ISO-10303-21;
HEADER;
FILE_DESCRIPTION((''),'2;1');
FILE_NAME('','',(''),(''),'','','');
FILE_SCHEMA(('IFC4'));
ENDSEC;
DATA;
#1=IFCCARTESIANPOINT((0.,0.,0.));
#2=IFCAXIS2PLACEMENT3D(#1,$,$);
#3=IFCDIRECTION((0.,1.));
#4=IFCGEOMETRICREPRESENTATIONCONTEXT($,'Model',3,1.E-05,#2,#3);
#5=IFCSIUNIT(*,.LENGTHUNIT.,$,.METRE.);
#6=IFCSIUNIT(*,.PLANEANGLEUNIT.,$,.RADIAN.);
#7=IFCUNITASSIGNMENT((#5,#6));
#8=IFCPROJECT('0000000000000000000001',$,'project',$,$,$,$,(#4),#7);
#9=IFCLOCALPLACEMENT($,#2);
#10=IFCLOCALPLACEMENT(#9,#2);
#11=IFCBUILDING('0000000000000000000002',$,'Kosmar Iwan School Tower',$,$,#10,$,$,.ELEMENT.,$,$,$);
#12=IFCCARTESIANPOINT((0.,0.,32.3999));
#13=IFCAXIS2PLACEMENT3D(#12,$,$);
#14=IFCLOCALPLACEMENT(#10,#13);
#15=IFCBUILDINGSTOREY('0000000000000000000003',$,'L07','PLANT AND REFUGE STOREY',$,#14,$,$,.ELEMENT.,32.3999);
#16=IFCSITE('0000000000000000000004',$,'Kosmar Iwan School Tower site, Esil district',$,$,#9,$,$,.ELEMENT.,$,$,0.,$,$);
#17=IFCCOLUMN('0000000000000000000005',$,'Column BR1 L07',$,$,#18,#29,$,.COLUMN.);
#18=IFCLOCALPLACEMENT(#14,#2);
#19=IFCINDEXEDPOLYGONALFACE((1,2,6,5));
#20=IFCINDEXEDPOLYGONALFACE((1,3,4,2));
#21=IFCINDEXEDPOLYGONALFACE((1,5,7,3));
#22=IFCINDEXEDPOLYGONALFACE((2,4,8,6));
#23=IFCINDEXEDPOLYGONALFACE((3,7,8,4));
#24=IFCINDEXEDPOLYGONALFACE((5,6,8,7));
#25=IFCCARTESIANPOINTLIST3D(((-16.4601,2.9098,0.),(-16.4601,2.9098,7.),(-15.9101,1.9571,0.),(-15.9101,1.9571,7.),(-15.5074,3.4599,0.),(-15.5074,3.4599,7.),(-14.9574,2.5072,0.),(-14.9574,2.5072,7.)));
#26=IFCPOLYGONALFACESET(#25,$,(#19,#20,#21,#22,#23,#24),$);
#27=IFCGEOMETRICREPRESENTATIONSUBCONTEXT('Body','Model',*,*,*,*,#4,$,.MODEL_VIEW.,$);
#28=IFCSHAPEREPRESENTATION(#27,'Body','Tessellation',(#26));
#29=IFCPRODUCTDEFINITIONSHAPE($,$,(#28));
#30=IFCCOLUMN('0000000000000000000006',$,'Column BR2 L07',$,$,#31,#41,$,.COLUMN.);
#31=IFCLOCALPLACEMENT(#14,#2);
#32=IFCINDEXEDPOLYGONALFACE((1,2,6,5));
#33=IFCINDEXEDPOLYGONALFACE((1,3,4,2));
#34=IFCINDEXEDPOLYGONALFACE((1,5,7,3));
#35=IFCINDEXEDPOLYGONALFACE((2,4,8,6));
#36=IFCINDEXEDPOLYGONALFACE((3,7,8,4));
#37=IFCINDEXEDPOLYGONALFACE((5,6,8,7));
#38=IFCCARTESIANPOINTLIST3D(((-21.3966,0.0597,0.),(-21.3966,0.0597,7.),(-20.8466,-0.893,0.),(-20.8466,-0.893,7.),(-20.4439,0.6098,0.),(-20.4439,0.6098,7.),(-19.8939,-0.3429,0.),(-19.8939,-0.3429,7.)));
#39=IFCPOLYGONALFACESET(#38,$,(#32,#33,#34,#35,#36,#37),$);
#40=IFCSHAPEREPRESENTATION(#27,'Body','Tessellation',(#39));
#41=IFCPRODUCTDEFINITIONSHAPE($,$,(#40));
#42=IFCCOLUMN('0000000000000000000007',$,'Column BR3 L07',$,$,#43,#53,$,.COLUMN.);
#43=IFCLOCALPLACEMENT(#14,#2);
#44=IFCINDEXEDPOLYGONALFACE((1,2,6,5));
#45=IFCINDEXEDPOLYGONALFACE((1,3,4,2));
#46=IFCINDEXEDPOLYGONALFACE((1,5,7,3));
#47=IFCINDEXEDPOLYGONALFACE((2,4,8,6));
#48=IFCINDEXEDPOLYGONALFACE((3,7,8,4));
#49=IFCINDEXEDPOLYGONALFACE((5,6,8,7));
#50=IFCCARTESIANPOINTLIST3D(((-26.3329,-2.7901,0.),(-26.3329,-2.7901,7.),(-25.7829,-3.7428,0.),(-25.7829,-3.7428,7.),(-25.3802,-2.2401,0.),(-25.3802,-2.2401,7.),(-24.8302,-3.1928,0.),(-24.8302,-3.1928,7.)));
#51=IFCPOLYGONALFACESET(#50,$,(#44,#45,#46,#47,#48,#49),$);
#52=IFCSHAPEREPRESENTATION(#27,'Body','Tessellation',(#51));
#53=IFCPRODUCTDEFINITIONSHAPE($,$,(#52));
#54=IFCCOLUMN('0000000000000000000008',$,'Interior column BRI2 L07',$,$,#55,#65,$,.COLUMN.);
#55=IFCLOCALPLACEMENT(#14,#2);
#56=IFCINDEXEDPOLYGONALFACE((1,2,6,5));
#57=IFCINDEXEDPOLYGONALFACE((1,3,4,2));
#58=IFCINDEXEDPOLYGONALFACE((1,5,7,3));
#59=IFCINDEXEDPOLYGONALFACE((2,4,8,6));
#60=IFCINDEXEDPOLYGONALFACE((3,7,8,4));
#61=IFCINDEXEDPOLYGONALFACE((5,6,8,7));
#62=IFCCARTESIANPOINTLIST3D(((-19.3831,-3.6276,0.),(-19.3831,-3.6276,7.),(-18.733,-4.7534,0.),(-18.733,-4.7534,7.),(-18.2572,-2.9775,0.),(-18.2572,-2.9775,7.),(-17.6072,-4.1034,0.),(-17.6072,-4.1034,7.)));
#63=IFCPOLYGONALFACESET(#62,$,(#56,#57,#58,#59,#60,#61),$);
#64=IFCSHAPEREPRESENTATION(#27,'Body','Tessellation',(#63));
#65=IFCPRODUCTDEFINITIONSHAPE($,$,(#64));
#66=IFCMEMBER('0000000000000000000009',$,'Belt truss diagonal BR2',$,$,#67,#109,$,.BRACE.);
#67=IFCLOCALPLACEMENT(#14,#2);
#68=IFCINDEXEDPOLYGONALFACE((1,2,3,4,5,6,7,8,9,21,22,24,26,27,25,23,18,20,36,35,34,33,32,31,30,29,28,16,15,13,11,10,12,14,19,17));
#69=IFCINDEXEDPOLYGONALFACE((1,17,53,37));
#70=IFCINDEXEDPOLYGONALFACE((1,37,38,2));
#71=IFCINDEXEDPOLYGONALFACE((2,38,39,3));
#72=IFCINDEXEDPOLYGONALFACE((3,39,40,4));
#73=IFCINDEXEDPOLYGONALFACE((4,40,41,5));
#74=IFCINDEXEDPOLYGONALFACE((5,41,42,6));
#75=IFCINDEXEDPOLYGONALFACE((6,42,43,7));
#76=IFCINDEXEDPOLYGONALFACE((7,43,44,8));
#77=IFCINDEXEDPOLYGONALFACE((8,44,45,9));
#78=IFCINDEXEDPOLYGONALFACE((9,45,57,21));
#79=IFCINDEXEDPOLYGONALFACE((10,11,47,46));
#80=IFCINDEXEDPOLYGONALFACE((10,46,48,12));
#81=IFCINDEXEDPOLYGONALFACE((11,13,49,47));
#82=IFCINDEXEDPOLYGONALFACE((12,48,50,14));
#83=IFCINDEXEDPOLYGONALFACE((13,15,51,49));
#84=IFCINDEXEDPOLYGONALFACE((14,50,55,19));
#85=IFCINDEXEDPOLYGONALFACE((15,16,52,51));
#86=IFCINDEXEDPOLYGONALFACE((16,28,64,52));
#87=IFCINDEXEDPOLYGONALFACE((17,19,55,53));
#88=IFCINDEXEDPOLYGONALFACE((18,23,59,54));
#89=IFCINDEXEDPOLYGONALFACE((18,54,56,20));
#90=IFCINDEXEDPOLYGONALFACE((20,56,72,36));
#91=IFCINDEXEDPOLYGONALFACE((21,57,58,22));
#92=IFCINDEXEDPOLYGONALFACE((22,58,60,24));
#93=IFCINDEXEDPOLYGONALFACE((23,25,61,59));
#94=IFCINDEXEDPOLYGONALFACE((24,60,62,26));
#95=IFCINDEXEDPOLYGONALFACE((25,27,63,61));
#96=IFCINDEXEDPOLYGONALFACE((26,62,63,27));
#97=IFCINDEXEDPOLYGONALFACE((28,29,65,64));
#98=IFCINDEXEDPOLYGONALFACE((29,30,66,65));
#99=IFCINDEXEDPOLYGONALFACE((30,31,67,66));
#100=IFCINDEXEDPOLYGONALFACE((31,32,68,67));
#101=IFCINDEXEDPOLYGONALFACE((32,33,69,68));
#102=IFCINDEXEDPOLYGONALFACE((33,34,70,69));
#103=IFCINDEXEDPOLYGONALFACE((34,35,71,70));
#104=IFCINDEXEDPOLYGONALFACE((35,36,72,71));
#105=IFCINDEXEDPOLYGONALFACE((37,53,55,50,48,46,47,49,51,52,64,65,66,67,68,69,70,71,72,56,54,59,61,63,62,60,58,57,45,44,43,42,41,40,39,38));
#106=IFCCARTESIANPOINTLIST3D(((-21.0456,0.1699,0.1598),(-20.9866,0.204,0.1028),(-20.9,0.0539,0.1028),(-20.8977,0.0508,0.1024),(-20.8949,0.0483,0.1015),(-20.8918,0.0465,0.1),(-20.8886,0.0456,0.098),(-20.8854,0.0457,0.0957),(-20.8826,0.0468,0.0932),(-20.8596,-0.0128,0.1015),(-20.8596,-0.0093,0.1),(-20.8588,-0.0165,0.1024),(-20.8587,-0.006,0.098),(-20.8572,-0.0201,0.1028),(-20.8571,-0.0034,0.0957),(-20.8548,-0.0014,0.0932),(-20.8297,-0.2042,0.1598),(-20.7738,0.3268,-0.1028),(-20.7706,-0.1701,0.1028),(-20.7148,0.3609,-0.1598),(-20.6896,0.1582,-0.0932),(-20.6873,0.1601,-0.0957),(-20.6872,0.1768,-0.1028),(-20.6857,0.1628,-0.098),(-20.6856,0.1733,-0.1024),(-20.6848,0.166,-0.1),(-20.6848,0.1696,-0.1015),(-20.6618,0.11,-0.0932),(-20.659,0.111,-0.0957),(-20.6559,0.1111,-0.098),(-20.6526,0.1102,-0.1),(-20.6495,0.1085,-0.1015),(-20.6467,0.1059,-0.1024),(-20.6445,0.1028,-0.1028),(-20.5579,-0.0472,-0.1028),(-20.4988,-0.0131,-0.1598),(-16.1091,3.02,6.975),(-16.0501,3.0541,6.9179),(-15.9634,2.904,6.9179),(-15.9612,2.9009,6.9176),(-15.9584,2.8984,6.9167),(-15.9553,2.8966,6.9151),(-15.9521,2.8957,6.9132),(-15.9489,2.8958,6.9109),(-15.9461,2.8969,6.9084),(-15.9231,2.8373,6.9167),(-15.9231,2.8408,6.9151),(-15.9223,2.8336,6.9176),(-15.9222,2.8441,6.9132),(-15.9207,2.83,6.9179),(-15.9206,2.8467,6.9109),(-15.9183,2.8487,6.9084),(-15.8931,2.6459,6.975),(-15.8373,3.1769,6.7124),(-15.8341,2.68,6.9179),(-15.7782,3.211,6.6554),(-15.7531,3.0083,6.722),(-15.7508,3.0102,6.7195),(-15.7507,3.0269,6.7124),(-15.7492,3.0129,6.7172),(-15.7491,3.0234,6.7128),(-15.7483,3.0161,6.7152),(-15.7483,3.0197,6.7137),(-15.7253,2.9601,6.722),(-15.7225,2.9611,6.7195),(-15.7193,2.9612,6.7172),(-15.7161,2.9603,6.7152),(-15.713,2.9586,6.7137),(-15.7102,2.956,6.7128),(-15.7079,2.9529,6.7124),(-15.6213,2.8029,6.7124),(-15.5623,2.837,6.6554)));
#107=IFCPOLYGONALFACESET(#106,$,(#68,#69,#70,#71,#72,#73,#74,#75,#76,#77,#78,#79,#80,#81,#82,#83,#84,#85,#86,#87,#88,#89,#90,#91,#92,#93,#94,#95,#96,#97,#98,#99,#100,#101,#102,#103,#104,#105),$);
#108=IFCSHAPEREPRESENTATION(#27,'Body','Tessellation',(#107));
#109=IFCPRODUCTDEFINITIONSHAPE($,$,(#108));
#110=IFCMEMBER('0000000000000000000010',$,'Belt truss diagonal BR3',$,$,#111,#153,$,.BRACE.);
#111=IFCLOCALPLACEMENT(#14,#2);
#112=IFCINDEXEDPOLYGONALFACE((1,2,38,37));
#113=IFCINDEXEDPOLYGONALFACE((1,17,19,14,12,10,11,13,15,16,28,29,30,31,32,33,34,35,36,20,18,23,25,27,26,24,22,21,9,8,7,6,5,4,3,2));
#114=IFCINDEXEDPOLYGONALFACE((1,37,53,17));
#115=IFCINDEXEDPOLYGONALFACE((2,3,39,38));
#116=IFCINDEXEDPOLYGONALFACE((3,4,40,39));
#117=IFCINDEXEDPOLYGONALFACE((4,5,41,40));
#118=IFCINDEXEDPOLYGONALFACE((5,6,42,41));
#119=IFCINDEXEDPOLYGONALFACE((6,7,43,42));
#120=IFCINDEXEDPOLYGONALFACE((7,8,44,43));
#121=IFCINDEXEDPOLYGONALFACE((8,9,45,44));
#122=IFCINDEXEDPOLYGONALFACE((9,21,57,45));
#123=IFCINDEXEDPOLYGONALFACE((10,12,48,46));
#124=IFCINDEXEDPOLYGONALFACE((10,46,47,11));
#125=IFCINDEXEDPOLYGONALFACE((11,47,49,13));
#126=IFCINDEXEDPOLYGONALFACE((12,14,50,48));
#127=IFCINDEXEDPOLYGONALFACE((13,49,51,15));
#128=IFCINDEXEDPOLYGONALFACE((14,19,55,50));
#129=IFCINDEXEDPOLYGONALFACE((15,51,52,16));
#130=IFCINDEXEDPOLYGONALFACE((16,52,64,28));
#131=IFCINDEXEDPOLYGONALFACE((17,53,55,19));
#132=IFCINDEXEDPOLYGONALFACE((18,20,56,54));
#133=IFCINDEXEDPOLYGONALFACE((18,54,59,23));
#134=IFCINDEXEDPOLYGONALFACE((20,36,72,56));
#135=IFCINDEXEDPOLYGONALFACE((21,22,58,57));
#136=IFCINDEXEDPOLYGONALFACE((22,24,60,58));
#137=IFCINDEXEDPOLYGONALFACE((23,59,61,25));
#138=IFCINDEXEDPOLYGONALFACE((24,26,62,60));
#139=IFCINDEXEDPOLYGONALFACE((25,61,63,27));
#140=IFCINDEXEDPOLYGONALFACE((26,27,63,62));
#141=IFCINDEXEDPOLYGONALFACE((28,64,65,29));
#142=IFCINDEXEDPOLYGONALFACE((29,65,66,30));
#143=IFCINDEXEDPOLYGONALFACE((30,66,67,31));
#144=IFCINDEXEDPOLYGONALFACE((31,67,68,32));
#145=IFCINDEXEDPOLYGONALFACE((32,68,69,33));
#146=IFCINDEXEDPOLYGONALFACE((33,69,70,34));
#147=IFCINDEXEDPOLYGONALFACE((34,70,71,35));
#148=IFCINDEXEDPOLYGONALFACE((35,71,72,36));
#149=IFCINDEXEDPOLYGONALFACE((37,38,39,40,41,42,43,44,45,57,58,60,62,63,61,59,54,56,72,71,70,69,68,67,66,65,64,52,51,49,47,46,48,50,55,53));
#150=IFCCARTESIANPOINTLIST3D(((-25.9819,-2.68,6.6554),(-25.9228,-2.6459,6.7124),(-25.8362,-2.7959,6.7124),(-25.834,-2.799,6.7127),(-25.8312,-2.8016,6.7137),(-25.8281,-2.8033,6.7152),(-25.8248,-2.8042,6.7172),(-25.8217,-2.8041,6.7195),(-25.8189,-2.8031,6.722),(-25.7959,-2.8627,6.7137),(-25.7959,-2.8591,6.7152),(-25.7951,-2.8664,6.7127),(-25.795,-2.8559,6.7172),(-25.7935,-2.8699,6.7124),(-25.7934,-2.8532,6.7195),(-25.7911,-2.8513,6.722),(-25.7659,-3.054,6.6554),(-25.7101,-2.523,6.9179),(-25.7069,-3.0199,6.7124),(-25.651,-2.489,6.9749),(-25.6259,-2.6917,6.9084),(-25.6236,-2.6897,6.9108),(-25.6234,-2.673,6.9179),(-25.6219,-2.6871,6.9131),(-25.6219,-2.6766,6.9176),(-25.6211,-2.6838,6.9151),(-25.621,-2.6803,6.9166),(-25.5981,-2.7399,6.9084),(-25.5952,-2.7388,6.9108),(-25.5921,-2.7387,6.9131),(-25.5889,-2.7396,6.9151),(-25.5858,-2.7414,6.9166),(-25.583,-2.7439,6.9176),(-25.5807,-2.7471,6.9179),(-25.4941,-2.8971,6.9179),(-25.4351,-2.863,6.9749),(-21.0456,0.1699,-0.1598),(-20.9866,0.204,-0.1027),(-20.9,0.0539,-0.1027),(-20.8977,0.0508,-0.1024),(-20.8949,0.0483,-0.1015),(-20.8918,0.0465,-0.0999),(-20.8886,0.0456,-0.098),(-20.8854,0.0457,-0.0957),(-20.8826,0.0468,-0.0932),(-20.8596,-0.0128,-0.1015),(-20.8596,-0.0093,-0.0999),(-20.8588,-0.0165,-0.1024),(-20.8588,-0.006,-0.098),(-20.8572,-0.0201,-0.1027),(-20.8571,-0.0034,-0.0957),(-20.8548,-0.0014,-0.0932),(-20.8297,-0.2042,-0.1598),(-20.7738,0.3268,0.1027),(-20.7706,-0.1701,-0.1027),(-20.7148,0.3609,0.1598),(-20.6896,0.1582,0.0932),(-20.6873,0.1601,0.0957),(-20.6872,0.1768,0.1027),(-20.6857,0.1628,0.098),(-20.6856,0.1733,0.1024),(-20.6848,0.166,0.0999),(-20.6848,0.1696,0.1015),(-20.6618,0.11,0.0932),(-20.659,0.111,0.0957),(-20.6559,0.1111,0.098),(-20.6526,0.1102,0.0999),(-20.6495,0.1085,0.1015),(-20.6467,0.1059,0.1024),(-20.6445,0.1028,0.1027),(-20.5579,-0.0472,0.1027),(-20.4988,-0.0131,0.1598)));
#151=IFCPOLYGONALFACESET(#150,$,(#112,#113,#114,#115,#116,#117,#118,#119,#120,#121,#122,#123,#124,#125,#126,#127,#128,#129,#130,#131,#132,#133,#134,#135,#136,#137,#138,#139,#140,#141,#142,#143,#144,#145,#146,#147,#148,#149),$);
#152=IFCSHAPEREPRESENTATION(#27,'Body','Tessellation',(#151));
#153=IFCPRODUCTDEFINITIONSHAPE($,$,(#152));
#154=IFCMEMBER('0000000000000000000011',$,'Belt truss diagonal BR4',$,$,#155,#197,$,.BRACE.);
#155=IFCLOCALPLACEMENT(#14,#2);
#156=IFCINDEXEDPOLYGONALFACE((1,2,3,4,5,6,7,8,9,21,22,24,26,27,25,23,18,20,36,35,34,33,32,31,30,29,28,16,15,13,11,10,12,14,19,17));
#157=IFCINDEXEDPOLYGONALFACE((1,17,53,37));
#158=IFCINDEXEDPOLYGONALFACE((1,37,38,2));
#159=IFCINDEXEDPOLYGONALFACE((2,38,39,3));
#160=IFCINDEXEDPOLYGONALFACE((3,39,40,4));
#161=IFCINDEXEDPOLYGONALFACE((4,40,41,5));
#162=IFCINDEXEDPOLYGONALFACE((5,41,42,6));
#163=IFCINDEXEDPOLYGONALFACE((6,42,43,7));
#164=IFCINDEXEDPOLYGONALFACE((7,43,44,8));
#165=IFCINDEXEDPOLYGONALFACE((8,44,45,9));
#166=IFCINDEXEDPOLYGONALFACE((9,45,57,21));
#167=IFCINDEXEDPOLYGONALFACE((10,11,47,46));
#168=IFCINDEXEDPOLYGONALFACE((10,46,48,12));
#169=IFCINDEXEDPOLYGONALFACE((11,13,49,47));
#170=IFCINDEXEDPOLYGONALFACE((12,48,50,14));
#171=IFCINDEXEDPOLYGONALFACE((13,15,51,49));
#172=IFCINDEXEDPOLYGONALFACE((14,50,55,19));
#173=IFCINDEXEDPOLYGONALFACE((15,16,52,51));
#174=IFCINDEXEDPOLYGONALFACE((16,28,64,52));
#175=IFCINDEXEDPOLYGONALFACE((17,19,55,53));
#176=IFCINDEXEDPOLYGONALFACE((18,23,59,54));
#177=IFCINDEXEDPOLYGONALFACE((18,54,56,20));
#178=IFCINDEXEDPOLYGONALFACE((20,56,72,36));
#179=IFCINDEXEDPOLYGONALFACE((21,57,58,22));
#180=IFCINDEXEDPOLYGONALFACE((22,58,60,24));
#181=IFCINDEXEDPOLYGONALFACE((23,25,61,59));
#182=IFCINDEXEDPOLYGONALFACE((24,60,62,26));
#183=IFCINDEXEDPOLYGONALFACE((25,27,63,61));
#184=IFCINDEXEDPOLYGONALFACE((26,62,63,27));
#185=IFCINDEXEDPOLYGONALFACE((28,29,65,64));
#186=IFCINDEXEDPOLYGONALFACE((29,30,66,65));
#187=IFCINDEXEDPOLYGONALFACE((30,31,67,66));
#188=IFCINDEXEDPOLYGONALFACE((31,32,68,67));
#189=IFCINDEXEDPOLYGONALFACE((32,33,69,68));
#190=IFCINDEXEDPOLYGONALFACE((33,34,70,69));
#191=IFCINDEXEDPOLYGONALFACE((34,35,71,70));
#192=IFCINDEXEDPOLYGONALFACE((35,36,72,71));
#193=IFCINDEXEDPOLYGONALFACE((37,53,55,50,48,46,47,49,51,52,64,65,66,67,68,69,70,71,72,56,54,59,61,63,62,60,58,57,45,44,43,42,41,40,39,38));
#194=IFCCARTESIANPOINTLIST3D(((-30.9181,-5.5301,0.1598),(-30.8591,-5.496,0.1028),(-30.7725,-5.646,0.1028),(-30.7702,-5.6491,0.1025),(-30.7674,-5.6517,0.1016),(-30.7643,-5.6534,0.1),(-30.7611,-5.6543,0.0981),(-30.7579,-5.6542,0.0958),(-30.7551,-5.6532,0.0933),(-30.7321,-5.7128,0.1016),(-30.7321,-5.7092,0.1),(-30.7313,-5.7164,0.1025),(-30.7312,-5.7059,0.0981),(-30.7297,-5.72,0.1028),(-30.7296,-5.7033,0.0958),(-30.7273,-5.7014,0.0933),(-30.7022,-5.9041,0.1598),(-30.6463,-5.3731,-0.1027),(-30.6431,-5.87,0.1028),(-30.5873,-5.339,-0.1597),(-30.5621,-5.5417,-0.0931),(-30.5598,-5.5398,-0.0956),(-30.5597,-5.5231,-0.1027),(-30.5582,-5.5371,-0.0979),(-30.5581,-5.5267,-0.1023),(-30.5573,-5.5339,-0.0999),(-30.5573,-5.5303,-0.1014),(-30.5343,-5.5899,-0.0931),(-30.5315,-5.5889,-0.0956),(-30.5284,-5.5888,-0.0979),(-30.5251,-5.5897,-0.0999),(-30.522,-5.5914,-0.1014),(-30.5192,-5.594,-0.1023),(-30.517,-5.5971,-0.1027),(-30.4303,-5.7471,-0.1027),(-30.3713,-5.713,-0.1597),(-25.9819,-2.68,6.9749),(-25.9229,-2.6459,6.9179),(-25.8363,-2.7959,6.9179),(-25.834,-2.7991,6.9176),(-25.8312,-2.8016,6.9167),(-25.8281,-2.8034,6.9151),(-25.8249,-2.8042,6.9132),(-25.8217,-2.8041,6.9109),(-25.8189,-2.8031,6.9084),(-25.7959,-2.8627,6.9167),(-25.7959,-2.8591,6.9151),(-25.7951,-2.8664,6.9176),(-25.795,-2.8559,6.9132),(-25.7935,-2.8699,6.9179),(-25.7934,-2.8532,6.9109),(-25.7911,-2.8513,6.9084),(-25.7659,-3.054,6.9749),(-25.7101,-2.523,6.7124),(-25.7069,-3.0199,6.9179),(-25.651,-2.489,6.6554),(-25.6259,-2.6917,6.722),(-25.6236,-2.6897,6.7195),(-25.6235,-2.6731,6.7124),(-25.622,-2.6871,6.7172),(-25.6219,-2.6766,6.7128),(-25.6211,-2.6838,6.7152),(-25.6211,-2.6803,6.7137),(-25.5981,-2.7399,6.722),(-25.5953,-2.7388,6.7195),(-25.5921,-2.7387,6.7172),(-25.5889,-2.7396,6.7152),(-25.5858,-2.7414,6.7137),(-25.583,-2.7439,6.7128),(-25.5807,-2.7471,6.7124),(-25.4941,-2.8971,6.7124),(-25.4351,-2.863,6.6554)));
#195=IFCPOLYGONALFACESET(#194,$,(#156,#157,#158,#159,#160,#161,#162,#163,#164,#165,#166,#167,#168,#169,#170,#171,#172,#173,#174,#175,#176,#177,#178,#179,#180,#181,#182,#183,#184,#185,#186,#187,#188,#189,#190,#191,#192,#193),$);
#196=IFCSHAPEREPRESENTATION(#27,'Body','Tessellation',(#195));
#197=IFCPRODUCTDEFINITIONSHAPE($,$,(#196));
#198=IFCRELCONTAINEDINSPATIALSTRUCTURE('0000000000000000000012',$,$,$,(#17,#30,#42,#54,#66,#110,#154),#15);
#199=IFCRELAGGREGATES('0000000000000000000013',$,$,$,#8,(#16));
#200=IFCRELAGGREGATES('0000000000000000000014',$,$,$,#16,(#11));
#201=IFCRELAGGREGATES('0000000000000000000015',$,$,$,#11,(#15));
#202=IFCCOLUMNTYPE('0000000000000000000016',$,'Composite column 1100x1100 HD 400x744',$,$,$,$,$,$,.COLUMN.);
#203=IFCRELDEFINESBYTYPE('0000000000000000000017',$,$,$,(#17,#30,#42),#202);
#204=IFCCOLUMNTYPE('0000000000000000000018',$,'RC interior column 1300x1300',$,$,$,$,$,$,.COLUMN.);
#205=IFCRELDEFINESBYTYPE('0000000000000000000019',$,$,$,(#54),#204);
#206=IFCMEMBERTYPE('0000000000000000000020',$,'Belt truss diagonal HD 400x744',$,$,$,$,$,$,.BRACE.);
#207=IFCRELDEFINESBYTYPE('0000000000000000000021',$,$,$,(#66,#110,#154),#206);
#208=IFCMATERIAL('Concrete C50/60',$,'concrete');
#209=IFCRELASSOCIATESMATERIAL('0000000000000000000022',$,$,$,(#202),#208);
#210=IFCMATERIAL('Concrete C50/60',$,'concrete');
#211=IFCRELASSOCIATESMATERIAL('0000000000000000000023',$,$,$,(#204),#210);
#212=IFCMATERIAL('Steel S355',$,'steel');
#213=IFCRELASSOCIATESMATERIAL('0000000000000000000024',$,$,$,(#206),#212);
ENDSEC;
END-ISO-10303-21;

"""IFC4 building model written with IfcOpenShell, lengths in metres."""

from ifc_helpers import new_model, si_unit, direction, frame, origin, origin_2d, place, context, subcontext, project, spatial, rectangle, i_section, extrude, material, material_profile, profile_set, type_object, element, save


model = new_model("IFC4")

# Units and contexts
model_context = context("Model", 3, precision=1e-05, world=origin(), true_north=direction((0.0, 1.0)))
body_context = subcontext(model_context, "Body", "Model", "MODEL_VIEW")
ifc_project = project(units=[si_unit("LENGTHUNIT", "METRE"), si_unit("PLANEANGLEUNIT", "RADIAN")], contexts=[model_context])

# Site, building, storey
site_placement = place(None, origin())
site = spatial("IfcSite", under=ifc_project, at=site_placement, Name="Kosmar Iwan School Tower site, Esil district", CompositionType="ELEMENT", RefElevation=0.0)
building_placement = place(site_placement, origin())
building = spatial("IfcBuilding", under=site, at=building_placement, Name="Kosmar Iwan School Tower", CompositionType="ELEMENT")
storey_placement = place(building_placement, frame((0.0, 0.0, 32.3999)))
storey = spatial("IfcBuildingStorey", under=building, at=storey_placement, Name="L07", Description="PLANT AND REFUGE STOREY", CompositionType="ELEMENT", Elevation=32.3999)

# Columns
ifc_material_1 = material(Name="Concrete C50/60", Category="concrete")
ifc_material_profile_1 = material_profile(ifc_material_1, rectangle(XDim=1.1001, YDim=1.1001, at=origin_2d()), Name="RC 1100x1100 + HD 400x744")
ifc_profile_set_1 = profile_set([ifc_material_profile_1], Name="Concrete C50/60")
column_type_1 = type_object("IfcColumnType", Name="Composite column 1100x1100 HD 400x744", PredefinedType="COLUMN", material=ifc_profile_set_1)
for number, where, z_axis, x_axis, name in (
    (1, (-15.7087, 2.7085, 0.0), (0.0, 0.0, 1.0), (-0.866025, -0.5, 0.0), "Column BR1 L07"),
    (2, (-20.6453, -0.1416, 0.0), (0.0, 0.0, 1.0), (-0.866025, -0.5, 0.0), "Column BR2 L07"),
    (3, (-25.5815, -2.9915, 0.0), (0.0, 0.0, 1.0), (-0.866025, -0.5, 0.0), "Column BR3 L07"),
):
    element("IfcColumn", number, at=place(storey_placement, frame(where, z_axis=z_axis, x_axis=x_axis)), inside=storey, type_object=column_type_1, Name=name, PredefinedType="COLUMN", context=body_context, shape_type="SweptSolid", body=[
        extrude(rectangle(XDim=1.1001, YDim=1.1001, at=origin_2d()), origin(), (0.0, 0.0, 1.0), 7.0),
    ])
ifc_material_2 = material(Name="Concrete C50/60", Category="concrete")
ifc_material_profile_2 = material_profile(ifc_material_2, rectangle(XDim=1.3, YDim=1.3, at=origin_2d()), Name="RC 1300x1300")
ifc_profile_set_2 = profile_set([ifc_material_profile_2], Name="Concrete C50/60")
column_type_2 = type_object("IfcColumnType", Name="RC interior column 1300x1300", PredefinedType="COLUMN", material=ifc_profile_set_2)
column_placement = place(storey_placement, frame((-18.4951, -3.8655, 0.0), z_axis=(0.0, 0.0, 1.0), x_axis=(-0.866025, -0.5, 0.0)))
element("IfcColumn", 4, at=column_placement, inside=storey, type_object=column_type_2, Name="Interior column BRI2 L07", PredefinedType="COLUMN", context=body_context, shape_type="SweptSolid", body=[
    extrude(rectangle(XDim=1.3, YDim=1.3, at=origin_2d()), origin(), (0.0, 0.0, 1.0), 7.0),
])

# Members
ifc_material_3 = material(Name="Steel S355", Category="steel")
ifc_material_profile_3 = material_profile(ifc_material_3, i_section(OverallWidth=0.4319, OverallDepth=0.498, WebThickness=0.0557, FlangeThickness=0.0889, FilletRadius=0.0149, at=origin_2d()), Name="HD 400x744")
ifc_profile_set_3 = profile_set([ifc_material_profile_3], Name="Steel S355")
member_type = type_object("IfcMemberType", Name="Belt truss diagonal HD 400x744", PredefinedType="BRACE", material=ifc_profile_set_3)
member_placement = place(storey_placement, frame((-15.8357, 2.9285, 6.8152), z_axis=(-0.555617, -0.320785, -0.767064), x_axis=(0.499999, -0.866026, 0.0)))
element("IfcMember", 5, at=member_placement, inside=storey, type_object=member_type, Name="Belt truss diagonal BR2", PredefinedType="BRACE", context=body_context, shape_type="SweptSolid", body=[
    extrude(i_section(OverallWidth=0.4319, OverallDepth=0.498, WebThickness=0.0557, FlangeThickness=0.0889, FilletRadius=0.0149, at=origin_2d()), origin(), (0.0, 0.0, 1.0), 8.8848),
])
for number, where, z_axis, x_axis, name in (
    (6, (-20.7722, 0.0784, 0.0), (-0.555602, -0.320765, 0.767083), (0.499986, -0.866034, 0.0), "Belt truss diagonal BR3"),
    (7, (-25.7085, -2.7715, 6.8152), (-0.555598, -0.32079, -0.767076), (0.500018, -0.866015, 0.0), "Belt truss diagonal BR4"),
):
    element("IfcMember", number, at=place(storey_placement, frame(where, z_axis=z_axis, x_axis=x_axis)), inside=storey, type_object=member_type, Name=name, PredefinedType="BRACE", context=body_context, shape_type="SweptSolid", body=[
        extrude(i_section(OverallWidth=0.4319, OverallDepth=0.498, WebThickness=0.0557, FlangeThickness=0.0889, FilletRadius=0.0149, at=origin_2d()), origin(), (0.0, 0.0, 1.0), 8.8845),
    ])

save(model, "model.ifc")
